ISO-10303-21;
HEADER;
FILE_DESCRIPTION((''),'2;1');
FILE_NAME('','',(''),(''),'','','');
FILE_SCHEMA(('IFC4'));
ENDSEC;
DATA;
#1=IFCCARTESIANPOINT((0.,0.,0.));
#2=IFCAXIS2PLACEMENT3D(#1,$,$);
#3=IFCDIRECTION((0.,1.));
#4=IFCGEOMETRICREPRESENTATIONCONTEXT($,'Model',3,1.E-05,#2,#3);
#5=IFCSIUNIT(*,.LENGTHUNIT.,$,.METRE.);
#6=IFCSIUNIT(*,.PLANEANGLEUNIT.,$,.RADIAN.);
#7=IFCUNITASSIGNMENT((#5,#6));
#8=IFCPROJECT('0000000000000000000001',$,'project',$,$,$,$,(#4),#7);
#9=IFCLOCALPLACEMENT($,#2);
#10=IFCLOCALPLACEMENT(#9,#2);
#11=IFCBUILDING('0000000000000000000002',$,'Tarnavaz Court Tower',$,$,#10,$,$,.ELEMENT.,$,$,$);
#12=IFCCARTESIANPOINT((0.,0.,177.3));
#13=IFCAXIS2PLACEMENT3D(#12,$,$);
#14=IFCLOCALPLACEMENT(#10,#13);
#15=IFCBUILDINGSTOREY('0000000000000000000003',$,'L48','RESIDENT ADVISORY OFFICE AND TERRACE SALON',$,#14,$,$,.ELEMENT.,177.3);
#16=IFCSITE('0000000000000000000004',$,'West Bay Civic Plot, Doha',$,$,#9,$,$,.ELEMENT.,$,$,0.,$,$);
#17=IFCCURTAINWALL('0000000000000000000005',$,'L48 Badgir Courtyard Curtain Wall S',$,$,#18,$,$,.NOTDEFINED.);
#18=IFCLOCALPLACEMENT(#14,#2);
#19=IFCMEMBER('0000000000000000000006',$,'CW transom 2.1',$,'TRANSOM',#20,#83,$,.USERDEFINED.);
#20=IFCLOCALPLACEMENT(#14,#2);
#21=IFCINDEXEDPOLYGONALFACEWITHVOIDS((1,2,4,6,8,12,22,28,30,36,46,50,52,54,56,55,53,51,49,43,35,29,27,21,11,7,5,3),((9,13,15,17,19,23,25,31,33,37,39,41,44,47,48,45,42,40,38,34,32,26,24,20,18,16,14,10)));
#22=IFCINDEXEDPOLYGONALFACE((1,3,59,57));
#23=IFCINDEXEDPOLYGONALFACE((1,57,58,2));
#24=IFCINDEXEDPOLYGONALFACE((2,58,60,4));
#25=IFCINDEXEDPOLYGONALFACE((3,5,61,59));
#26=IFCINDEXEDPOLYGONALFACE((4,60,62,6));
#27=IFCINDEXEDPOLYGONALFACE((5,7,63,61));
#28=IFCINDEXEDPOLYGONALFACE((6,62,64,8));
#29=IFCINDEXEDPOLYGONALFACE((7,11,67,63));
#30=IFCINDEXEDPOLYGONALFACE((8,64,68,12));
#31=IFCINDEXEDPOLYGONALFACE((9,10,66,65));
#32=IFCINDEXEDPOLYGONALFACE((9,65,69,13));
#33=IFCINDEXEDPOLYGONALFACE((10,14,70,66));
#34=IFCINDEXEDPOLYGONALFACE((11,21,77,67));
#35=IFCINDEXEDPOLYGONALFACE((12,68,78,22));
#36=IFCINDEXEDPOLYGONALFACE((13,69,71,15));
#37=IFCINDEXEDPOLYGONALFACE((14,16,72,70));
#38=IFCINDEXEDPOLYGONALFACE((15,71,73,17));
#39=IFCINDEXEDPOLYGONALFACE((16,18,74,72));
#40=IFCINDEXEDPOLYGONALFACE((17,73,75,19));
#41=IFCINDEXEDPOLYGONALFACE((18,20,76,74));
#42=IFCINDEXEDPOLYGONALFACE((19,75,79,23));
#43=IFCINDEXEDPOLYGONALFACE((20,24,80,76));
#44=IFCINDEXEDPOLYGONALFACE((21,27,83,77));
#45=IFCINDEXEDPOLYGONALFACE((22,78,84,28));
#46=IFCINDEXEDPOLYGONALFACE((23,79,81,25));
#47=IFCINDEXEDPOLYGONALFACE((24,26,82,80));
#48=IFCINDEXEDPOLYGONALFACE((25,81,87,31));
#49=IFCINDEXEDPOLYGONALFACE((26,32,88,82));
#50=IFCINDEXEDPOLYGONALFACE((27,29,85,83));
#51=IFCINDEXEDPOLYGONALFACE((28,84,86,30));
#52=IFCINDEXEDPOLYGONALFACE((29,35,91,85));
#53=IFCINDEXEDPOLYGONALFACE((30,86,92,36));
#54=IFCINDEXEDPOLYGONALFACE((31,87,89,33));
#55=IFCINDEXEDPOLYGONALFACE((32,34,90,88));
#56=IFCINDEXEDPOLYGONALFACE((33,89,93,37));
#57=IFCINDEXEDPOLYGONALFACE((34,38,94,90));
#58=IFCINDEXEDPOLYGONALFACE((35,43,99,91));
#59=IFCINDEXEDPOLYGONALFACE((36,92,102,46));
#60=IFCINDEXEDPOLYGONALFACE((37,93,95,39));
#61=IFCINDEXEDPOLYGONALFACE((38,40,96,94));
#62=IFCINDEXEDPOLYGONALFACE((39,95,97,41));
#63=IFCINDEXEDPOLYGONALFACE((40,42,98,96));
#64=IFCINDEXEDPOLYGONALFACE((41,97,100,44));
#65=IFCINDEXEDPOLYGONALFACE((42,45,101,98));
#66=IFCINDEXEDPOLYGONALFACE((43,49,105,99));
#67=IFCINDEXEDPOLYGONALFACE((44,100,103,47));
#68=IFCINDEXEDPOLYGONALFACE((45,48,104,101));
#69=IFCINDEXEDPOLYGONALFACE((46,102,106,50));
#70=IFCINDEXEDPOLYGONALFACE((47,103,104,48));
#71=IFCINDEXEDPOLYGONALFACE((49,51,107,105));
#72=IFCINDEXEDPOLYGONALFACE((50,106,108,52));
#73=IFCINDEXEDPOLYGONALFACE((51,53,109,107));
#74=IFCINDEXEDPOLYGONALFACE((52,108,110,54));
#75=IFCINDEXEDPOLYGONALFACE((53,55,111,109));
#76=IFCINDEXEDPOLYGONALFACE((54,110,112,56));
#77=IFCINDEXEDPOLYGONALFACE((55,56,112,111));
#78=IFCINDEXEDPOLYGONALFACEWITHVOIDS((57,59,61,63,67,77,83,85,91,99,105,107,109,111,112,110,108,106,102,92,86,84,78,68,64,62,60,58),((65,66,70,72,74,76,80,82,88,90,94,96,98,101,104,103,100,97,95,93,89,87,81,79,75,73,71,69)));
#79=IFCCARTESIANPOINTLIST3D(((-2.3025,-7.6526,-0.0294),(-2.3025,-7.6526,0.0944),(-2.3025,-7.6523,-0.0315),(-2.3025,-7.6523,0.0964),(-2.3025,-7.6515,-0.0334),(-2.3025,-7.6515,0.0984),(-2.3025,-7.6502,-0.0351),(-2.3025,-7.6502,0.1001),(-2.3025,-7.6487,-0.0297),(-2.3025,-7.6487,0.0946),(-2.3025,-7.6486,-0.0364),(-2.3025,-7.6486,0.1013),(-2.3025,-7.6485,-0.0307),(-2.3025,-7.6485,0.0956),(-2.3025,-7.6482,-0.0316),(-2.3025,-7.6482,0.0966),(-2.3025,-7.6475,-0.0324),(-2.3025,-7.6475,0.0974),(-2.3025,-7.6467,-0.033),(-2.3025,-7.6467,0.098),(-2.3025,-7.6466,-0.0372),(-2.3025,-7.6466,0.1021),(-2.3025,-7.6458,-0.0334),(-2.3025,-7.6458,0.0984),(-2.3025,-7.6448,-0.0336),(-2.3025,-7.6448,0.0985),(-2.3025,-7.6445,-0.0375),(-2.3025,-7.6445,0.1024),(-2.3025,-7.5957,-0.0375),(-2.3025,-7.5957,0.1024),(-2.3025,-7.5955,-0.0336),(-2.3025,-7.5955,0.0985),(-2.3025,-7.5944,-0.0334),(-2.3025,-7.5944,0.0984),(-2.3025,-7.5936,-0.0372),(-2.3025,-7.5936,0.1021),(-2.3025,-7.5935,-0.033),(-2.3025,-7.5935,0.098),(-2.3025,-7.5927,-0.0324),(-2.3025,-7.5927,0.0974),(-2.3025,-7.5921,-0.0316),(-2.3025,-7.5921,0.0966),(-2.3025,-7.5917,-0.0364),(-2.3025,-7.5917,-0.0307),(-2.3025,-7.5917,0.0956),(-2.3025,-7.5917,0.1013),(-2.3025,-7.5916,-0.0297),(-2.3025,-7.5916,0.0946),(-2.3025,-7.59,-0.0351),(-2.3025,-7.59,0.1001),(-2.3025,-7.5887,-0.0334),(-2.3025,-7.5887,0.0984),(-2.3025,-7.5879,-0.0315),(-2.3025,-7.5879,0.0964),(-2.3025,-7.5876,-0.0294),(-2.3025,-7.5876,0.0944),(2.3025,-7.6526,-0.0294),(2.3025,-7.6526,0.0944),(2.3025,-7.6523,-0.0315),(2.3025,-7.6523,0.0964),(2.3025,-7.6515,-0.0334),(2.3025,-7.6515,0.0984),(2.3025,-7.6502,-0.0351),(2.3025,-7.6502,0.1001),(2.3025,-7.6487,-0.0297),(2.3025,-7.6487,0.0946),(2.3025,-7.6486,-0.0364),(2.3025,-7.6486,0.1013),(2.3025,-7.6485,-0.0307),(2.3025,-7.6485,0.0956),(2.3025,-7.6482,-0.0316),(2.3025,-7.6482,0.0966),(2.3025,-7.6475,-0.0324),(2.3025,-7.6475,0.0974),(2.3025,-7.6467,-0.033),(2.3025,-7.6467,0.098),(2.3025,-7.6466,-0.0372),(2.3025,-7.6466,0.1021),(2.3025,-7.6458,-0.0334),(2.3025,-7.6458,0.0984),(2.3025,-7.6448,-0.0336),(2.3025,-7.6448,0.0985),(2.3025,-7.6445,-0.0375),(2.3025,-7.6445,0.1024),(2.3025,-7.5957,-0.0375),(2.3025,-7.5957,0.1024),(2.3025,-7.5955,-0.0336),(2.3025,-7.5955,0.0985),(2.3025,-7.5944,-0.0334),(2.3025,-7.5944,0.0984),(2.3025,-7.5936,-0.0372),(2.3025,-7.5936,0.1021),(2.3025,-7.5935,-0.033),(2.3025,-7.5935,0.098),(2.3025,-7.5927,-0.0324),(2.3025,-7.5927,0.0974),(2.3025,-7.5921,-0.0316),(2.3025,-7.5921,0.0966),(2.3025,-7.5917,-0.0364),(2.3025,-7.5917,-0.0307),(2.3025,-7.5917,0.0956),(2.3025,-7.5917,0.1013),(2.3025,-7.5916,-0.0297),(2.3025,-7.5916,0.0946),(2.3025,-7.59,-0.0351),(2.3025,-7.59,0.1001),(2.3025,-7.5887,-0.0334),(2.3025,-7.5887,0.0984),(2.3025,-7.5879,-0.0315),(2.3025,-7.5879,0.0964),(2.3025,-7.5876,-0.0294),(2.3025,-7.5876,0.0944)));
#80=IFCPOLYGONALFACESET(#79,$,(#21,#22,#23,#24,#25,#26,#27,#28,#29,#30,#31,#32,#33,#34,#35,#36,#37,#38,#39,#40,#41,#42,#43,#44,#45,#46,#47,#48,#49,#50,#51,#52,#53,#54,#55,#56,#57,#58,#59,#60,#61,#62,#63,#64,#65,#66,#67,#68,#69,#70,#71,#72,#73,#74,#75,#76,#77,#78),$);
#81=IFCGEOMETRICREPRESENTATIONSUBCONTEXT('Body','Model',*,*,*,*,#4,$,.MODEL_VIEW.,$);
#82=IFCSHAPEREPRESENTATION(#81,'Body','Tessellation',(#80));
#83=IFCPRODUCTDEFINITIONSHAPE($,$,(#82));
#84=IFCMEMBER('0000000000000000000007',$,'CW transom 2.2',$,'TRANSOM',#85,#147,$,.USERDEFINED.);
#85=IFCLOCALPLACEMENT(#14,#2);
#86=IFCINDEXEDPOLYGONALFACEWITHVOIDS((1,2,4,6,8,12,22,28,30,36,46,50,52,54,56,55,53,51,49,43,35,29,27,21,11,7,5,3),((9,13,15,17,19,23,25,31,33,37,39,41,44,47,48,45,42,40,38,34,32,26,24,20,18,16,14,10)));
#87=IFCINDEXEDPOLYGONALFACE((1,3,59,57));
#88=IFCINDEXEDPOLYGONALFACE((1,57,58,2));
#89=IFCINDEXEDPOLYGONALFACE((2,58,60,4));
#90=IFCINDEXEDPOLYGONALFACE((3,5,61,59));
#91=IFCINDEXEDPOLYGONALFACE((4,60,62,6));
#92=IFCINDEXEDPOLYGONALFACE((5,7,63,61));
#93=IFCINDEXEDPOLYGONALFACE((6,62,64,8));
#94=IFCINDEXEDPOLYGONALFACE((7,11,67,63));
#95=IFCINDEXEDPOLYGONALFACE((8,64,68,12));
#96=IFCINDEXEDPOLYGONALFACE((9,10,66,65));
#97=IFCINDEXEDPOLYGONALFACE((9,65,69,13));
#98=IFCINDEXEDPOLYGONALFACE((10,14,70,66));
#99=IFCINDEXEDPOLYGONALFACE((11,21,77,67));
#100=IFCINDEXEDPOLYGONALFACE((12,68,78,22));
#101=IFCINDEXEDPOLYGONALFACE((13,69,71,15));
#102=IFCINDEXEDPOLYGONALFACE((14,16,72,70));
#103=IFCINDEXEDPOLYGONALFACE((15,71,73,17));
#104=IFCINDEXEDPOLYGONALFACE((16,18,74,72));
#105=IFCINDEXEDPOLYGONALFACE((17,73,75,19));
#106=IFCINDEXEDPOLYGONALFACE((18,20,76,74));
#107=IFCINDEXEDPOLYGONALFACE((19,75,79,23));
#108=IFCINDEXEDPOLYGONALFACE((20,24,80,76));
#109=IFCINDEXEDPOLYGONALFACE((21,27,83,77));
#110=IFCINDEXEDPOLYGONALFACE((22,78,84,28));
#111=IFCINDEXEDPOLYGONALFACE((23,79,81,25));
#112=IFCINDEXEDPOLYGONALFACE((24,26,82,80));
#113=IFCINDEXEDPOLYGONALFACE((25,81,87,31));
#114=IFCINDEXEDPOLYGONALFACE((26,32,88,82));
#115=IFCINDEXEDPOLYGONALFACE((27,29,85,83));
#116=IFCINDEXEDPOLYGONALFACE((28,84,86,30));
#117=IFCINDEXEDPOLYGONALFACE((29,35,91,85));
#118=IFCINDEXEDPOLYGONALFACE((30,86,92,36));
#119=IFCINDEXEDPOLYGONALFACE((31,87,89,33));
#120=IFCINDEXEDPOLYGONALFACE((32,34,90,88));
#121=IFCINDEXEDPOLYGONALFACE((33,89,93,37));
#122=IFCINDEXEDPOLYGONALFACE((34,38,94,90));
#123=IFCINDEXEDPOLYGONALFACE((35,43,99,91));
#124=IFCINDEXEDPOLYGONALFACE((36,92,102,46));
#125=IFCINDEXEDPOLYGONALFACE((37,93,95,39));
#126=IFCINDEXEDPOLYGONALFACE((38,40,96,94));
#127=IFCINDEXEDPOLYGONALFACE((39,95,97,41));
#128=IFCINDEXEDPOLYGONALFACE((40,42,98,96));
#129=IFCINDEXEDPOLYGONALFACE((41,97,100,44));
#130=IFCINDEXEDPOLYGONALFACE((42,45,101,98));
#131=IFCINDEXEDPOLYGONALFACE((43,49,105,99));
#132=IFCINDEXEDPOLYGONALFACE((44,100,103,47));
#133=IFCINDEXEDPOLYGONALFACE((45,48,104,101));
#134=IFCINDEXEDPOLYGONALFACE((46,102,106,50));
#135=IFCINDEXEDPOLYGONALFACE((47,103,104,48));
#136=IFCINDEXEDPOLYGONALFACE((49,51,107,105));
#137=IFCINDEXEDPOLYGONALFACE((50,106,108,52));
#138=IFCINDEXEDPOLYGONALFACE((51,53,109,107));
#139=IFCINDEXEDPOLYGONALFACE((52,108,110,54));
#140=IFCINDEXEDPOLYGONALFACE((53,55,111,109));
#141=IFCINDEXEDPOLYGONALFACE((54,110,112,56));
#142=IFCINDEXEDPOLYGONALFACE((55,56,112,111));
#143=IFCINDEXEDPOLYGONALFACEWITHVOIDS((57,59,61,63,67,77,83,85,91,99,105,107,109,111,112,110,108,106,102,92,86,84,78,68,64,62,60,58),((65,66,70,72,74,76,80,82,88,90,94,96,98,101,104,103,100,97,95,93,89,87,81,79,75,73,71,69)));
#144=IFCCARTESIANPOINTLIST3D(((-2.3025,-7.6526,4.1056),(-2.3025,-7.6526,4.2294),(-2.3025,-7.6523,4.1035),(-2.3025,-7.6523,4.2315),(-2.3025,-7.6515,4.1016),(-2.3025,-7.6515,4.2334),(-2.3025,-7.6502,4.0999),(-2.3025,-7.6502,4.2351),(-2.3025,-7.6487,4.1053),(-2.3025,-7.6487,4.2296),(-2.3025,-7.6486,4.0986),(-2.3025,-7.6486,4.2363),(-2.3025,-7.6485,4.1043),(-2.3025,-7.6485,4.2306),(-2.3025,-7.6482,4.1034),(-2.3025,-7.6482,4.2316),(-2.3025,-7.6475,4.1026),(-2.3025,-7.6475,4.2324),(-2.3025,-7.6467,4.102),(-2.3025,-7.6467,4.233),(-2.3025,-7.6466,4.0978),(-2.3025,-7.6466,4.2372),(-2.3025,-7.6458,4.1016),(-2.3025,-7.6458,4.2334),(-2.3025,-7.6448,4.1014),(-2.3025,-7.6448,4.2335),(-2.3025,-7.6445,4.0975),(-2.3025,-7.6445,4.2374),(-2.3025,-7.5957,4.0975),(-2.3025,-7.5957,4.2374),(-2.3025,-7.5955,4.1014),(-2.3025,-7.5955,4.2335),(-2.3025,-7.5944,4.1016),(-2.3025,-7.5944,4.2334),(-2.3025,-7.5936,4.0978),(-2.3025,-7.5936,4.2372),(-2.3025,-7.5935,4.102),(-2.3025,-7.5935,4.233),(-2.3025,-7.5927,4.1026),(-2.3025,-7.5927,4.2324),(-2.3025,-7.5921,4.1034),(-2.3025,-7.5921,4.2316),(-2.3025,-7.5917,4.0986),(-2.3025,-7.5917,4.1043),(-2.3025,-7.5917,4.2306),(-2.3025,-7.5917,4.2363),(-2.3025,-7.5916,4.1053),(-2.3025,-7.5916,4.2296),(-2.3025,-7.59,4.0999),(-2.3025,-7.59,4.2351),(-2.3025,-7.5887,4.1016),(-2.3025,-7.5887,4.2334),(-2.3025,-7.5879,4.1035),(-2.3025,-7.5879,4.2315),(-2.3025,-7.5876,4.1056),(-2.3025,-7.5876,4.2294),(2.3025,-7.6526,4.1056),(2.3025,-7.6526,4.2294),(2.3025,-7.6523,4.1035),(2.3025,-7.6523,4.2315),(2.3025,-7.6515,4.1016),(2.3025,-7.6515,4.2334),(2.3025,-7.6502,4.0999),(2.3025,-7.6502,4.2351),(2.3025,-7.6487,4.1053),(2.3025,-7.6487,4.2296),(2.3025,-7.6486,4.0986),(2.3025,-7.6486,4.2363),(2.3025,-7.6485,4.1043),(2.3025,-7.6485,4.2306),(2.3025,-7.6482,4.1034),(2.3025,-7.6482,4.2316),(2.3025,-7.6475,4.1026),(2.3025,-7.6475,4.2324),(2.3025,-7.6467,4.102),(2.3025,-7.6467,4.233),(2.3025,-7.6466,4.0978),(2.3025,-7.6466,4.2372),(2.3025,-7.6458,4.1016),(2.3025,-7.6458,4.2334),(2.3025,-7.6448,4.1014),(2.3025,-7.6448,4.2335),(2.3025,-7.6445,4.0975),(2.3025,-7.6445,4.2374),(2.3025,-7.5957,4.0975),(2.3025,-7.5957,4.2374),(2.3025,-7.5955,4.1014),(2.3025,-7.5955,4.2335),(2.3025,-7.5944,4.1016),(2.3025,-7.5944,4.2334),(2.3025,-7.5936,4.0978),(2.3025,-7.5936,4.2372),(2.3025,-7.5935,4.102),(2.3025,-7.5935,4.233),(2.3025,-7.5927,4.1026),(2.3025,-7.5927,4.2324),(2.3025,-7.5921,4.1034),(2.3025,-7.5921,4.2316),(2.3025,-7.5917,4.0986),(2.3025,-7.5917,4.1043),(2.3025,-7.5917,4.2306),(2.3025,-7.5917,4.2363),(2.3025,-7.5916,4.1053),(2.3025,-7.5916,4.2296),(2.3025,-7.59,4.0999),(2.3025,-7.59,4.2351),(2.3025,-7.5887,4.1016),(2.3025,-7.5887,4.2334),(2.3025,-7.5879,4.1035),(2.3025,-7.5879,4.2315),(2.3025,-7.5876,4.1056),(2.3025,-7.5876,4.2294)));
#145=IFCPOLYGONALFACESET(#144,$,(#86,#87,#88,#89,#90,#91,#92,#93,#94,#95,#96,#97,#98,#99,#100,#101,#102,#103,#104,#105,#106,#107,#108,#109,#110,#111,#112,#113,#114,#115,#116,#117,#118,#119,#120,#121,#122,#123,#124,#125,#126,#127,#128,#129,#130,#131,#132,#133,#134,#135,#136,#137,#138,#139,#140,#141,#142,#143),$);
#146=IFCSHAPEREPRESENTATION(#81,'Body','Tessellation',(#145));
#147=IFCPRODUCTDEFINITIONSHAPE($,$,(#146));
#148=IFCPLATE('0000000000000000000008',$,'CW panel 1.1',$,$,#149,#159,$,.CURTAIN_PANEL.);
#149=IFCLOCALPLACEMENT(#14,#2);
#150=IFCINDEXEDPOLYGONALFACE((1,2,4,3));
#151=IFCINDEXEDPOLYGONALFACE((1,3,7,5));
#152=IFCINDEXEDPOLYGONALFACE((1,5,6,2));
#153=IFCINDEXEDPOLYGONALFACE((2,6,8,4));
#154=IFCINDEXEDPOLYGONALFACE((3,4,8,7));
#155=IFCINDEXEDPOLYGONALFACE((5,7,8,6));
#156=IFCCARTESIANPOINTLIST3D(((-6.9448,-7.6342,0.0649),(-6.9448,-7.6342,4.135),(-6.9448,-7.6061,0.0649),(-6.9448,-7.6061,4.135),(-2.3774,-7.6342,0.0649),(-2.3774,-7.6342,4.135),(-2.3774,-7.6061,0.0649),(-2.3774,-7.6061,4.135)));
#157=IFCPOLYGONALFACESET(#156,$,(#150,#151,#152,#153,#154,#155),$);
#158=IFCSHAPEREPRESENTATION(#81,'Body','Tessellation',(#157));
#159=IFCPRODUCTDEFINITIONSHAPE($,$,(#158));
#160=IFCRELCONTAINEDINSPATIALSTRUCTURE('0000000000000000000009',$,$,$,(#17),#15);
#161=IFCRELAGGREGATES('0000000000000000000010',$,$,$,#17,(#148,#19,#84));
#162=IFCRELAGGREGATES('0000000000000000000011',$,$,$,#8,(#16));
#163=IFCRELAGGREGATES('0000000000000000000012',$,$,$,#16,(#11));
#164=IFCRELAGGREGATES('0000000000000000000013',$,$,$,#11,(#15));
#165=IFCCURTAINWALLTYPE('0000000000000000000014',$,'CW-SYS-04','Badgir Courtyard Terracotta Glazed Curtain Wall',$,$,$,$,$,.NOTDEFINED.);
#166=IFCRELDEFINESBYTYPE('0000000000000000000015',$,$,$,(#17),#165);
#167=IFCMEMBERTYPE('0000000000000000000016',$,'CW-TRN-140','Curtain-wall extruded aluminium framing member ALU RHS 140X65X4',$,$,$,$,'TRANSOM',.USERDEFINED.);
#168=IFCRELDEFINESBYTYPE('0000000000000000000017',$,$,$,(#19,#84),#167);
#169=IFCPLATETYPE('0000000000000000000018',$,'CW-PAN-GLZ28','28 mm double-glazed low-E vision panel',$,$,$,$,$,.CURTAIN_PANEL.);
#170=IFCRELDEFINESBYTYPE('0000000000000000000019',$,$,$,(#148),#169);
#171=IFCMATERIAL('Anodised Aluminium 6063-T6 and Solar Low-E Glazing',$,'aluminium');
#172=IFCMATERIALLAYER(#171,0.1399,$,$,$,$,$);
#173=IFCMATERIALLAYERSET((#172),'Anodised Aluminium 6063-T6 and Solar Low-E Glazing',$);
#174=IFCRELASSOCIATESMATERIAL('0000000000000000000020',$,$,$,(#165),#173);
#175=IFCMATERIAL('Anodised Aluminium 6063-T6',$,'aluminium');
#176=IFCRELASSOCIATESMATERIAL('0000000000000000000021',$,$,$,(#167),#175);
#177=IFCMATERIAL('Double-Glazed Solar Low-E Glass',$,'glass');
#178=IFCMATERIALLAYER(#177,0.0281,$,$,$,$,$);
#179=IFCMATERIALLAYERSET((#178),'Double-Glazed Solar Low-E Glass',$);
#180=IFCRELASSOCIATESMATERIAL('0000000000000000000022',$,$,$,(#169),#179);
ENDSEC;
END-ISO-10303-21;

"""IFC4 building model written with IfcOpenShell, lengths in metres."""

from ifc_helpers import new_model, si_unit, direction, frame, origin, origin_2d, place, context, subcontext, project, spatial, rectangle, hollow_rectangle, extrude, material, layer, layer_set, material_profile, profile_set, type_object, element, aggregate, save


model = new_model("IFC4")

# Units and contexts
model_context = context("Model", 3, precision=1e-05, world=origin(), true_north=direction((0.0, 1.0)))
body_context = subcontext(model_context, "Body", "Model", "MODEL_VIEW")
ifc_project = project(units=[si_unit("LENGTHUNIT", "METRE"), si_unit("PLANEANGLEUNIT", "RADIAN")], contexts=[model_context])

# Site, building, storey
site_placement = place(None, origin())
site = spatial("IfcSite", under=ifc_project, at=site_placement, Name="West Bay Civic Plot, Doha", CompositionType="ELEMENT", RefElevation=0.0)
building_placement = place(site_placement, origin())
building = spatial("IfcBuilding", under=site, at=building_placement, Name="Tarnavaz Court Tower", CompositionType="ELEMENT")
storey_placement = place(building_placement, frame((0.0, 0.0, 177.3)))
storey = spatial("IfcBuildingStorey", under=building, at=storey_placement, Name="L48", Description="RESIDENT ADVISORY OFFICE AND TERRACE SALON", CompositionType="ELEMENT", Elevation=177.3)

# Curtain wall, members, plate
ifc_material_1 = material(Name="Anodised Aluminium 6063-T6 and Solar Low-E Glazing", Category="aluminium")
ifc_layer_1 = layer(ifc_material_1, 0.1399)
ifc_layer_set_1 = layer_set([ifc_layer_1], Name="Anodised Aluminium 6063-T6 and Solar Low-E Glazing")
curtain_wall_type = type_object("IfcCurtainWallType", Name="CW-SYS-04", Description="Badgir Courtyard Terracotta Glazed Curtain Wall", PredefinedType="NOTDEFINED", material=ifc_layer_set_1)
curtain_wall_placement = place(storey_placement, origin())
curtain_wall = element("IfcCurtainWall", 1, at=curtain_wall_placement, inside=storey, type_object=curtain_wall_type, Name="L48 Badgir Courtyard Curtain Wall S", PredefinedType="NOTDEFINED")
ifc_material_2 = material(Name="Anodised Aluminium 6063-T6", Category="aluminium")
ifc_material_profile_1 = material_profile(ifc_material_2, hollow_rectangle(XDim=0.0649, YDim=0.1399, WallThickness=0.0039, InnerFilletRadius=0.0039, OuterFilletRadius=0.0081, at=origin_2d()), Name="ALU RHS 140X65X4")
ifc_profile_set_1 = profile_set([ifc_material_profile_1], Name="Anodised Aluminium 6063-T6")
member_type_1 = type_object("IfcMemberType", Name="CW-TRN-140", Description="Curtain-wall extruded aluminium framing member ALU RHS 140X65X4", ElementType="TRANSOM", PredefinedType="USERDEFINED", material=ifc_profile_set_1)
member_1_placement = place(storey_placement, frame((-2.3025, -7.6201, 0.0325), z_axis=(1.0, 0.0, 0.0), x_axis=(0.0, 1.0, 0.0)))
member_1 = element("IfcMember", 2, at=member_1_placement, type_object=member_type_1, Name="CW transom 2.1", ObjectType="TRANSOM", PredefinedType="USERDEFINED", context=body_context, shape_type="SweptSolid", body=[
    extrude(hollow_rectangle(XDim=0.0649, YDim=0.1399, WallThickness=0.0039, InnerFilletRadius=0.0039, OuterFilletRadius=0.0081, at=origin_2d()), origin(), (0.0, 0.0, 1.0), 4.605),
])
member_2_placement = place(storey_placement, frame((-2.3025, -7.6201, 4.1675), z_axis=(1.0, 0.0, 0.0), x_axis=(0.0, 1.0, 0.0)))
member_2 = element("IfcMember", 3, at=member_2_placement, type_object=member_type_1, Name="CW transom 2.2", ObjectType="TRANSOM", PredefinedType="USERDEFINED", context=body_context, shape_type="SweptSolid", body=[
    extrude(hollow_rectangle(XDim=0.0649, YDim=0.1399, WallThickness=0.0039, InnerFilletRadius=0.0039, OuterFilletRadius=0.0081, at=origin_2d()), origin(), (0.0, 0.0, 1.0), 4.605),
])
ifc_material_3 = material(Name="Double-Glazed Solar Low-E Glass", Category="glass")
ifc_layer_2 = layer(ifc_material_3, 0.0281)
ifc_layer_set_2 = layer_set([ifc_layer_2], Name="Double-Glazed Solar Low-E Glass")
plate_type = type_object("IfcPlateType", Name="CW-PAN-GLZ28", Description="28 mm double-glazed low-E vision panel", PredefinedType="CURTAIN_PANEL", material=ifc_layer_set_2)
plate_placement = place(storey_placement, frame((-4.6611, -7.6201, 0.0649), z_axis=(0.0, 0.0, 1.0), x_axis=(1.0, 0.0, 0.0)))
plate = element("IfcPlate", 4, at=plate_placement, type_object=plate_type, Name="CW panel 1.1", PredefinedType="CURTAIN_PANEL", context=body_context, shape_type="SweptSolid", body=[
    extrude(rectangle(XDim=4.5674, YDim=0.0281, at=origin_2d()), origin(), (0.0, 0.0, 1.0), 4.0701),
])
aggregate(curtain_wall, [plate, member_1, member_2])

save(model, "model.ifc")
